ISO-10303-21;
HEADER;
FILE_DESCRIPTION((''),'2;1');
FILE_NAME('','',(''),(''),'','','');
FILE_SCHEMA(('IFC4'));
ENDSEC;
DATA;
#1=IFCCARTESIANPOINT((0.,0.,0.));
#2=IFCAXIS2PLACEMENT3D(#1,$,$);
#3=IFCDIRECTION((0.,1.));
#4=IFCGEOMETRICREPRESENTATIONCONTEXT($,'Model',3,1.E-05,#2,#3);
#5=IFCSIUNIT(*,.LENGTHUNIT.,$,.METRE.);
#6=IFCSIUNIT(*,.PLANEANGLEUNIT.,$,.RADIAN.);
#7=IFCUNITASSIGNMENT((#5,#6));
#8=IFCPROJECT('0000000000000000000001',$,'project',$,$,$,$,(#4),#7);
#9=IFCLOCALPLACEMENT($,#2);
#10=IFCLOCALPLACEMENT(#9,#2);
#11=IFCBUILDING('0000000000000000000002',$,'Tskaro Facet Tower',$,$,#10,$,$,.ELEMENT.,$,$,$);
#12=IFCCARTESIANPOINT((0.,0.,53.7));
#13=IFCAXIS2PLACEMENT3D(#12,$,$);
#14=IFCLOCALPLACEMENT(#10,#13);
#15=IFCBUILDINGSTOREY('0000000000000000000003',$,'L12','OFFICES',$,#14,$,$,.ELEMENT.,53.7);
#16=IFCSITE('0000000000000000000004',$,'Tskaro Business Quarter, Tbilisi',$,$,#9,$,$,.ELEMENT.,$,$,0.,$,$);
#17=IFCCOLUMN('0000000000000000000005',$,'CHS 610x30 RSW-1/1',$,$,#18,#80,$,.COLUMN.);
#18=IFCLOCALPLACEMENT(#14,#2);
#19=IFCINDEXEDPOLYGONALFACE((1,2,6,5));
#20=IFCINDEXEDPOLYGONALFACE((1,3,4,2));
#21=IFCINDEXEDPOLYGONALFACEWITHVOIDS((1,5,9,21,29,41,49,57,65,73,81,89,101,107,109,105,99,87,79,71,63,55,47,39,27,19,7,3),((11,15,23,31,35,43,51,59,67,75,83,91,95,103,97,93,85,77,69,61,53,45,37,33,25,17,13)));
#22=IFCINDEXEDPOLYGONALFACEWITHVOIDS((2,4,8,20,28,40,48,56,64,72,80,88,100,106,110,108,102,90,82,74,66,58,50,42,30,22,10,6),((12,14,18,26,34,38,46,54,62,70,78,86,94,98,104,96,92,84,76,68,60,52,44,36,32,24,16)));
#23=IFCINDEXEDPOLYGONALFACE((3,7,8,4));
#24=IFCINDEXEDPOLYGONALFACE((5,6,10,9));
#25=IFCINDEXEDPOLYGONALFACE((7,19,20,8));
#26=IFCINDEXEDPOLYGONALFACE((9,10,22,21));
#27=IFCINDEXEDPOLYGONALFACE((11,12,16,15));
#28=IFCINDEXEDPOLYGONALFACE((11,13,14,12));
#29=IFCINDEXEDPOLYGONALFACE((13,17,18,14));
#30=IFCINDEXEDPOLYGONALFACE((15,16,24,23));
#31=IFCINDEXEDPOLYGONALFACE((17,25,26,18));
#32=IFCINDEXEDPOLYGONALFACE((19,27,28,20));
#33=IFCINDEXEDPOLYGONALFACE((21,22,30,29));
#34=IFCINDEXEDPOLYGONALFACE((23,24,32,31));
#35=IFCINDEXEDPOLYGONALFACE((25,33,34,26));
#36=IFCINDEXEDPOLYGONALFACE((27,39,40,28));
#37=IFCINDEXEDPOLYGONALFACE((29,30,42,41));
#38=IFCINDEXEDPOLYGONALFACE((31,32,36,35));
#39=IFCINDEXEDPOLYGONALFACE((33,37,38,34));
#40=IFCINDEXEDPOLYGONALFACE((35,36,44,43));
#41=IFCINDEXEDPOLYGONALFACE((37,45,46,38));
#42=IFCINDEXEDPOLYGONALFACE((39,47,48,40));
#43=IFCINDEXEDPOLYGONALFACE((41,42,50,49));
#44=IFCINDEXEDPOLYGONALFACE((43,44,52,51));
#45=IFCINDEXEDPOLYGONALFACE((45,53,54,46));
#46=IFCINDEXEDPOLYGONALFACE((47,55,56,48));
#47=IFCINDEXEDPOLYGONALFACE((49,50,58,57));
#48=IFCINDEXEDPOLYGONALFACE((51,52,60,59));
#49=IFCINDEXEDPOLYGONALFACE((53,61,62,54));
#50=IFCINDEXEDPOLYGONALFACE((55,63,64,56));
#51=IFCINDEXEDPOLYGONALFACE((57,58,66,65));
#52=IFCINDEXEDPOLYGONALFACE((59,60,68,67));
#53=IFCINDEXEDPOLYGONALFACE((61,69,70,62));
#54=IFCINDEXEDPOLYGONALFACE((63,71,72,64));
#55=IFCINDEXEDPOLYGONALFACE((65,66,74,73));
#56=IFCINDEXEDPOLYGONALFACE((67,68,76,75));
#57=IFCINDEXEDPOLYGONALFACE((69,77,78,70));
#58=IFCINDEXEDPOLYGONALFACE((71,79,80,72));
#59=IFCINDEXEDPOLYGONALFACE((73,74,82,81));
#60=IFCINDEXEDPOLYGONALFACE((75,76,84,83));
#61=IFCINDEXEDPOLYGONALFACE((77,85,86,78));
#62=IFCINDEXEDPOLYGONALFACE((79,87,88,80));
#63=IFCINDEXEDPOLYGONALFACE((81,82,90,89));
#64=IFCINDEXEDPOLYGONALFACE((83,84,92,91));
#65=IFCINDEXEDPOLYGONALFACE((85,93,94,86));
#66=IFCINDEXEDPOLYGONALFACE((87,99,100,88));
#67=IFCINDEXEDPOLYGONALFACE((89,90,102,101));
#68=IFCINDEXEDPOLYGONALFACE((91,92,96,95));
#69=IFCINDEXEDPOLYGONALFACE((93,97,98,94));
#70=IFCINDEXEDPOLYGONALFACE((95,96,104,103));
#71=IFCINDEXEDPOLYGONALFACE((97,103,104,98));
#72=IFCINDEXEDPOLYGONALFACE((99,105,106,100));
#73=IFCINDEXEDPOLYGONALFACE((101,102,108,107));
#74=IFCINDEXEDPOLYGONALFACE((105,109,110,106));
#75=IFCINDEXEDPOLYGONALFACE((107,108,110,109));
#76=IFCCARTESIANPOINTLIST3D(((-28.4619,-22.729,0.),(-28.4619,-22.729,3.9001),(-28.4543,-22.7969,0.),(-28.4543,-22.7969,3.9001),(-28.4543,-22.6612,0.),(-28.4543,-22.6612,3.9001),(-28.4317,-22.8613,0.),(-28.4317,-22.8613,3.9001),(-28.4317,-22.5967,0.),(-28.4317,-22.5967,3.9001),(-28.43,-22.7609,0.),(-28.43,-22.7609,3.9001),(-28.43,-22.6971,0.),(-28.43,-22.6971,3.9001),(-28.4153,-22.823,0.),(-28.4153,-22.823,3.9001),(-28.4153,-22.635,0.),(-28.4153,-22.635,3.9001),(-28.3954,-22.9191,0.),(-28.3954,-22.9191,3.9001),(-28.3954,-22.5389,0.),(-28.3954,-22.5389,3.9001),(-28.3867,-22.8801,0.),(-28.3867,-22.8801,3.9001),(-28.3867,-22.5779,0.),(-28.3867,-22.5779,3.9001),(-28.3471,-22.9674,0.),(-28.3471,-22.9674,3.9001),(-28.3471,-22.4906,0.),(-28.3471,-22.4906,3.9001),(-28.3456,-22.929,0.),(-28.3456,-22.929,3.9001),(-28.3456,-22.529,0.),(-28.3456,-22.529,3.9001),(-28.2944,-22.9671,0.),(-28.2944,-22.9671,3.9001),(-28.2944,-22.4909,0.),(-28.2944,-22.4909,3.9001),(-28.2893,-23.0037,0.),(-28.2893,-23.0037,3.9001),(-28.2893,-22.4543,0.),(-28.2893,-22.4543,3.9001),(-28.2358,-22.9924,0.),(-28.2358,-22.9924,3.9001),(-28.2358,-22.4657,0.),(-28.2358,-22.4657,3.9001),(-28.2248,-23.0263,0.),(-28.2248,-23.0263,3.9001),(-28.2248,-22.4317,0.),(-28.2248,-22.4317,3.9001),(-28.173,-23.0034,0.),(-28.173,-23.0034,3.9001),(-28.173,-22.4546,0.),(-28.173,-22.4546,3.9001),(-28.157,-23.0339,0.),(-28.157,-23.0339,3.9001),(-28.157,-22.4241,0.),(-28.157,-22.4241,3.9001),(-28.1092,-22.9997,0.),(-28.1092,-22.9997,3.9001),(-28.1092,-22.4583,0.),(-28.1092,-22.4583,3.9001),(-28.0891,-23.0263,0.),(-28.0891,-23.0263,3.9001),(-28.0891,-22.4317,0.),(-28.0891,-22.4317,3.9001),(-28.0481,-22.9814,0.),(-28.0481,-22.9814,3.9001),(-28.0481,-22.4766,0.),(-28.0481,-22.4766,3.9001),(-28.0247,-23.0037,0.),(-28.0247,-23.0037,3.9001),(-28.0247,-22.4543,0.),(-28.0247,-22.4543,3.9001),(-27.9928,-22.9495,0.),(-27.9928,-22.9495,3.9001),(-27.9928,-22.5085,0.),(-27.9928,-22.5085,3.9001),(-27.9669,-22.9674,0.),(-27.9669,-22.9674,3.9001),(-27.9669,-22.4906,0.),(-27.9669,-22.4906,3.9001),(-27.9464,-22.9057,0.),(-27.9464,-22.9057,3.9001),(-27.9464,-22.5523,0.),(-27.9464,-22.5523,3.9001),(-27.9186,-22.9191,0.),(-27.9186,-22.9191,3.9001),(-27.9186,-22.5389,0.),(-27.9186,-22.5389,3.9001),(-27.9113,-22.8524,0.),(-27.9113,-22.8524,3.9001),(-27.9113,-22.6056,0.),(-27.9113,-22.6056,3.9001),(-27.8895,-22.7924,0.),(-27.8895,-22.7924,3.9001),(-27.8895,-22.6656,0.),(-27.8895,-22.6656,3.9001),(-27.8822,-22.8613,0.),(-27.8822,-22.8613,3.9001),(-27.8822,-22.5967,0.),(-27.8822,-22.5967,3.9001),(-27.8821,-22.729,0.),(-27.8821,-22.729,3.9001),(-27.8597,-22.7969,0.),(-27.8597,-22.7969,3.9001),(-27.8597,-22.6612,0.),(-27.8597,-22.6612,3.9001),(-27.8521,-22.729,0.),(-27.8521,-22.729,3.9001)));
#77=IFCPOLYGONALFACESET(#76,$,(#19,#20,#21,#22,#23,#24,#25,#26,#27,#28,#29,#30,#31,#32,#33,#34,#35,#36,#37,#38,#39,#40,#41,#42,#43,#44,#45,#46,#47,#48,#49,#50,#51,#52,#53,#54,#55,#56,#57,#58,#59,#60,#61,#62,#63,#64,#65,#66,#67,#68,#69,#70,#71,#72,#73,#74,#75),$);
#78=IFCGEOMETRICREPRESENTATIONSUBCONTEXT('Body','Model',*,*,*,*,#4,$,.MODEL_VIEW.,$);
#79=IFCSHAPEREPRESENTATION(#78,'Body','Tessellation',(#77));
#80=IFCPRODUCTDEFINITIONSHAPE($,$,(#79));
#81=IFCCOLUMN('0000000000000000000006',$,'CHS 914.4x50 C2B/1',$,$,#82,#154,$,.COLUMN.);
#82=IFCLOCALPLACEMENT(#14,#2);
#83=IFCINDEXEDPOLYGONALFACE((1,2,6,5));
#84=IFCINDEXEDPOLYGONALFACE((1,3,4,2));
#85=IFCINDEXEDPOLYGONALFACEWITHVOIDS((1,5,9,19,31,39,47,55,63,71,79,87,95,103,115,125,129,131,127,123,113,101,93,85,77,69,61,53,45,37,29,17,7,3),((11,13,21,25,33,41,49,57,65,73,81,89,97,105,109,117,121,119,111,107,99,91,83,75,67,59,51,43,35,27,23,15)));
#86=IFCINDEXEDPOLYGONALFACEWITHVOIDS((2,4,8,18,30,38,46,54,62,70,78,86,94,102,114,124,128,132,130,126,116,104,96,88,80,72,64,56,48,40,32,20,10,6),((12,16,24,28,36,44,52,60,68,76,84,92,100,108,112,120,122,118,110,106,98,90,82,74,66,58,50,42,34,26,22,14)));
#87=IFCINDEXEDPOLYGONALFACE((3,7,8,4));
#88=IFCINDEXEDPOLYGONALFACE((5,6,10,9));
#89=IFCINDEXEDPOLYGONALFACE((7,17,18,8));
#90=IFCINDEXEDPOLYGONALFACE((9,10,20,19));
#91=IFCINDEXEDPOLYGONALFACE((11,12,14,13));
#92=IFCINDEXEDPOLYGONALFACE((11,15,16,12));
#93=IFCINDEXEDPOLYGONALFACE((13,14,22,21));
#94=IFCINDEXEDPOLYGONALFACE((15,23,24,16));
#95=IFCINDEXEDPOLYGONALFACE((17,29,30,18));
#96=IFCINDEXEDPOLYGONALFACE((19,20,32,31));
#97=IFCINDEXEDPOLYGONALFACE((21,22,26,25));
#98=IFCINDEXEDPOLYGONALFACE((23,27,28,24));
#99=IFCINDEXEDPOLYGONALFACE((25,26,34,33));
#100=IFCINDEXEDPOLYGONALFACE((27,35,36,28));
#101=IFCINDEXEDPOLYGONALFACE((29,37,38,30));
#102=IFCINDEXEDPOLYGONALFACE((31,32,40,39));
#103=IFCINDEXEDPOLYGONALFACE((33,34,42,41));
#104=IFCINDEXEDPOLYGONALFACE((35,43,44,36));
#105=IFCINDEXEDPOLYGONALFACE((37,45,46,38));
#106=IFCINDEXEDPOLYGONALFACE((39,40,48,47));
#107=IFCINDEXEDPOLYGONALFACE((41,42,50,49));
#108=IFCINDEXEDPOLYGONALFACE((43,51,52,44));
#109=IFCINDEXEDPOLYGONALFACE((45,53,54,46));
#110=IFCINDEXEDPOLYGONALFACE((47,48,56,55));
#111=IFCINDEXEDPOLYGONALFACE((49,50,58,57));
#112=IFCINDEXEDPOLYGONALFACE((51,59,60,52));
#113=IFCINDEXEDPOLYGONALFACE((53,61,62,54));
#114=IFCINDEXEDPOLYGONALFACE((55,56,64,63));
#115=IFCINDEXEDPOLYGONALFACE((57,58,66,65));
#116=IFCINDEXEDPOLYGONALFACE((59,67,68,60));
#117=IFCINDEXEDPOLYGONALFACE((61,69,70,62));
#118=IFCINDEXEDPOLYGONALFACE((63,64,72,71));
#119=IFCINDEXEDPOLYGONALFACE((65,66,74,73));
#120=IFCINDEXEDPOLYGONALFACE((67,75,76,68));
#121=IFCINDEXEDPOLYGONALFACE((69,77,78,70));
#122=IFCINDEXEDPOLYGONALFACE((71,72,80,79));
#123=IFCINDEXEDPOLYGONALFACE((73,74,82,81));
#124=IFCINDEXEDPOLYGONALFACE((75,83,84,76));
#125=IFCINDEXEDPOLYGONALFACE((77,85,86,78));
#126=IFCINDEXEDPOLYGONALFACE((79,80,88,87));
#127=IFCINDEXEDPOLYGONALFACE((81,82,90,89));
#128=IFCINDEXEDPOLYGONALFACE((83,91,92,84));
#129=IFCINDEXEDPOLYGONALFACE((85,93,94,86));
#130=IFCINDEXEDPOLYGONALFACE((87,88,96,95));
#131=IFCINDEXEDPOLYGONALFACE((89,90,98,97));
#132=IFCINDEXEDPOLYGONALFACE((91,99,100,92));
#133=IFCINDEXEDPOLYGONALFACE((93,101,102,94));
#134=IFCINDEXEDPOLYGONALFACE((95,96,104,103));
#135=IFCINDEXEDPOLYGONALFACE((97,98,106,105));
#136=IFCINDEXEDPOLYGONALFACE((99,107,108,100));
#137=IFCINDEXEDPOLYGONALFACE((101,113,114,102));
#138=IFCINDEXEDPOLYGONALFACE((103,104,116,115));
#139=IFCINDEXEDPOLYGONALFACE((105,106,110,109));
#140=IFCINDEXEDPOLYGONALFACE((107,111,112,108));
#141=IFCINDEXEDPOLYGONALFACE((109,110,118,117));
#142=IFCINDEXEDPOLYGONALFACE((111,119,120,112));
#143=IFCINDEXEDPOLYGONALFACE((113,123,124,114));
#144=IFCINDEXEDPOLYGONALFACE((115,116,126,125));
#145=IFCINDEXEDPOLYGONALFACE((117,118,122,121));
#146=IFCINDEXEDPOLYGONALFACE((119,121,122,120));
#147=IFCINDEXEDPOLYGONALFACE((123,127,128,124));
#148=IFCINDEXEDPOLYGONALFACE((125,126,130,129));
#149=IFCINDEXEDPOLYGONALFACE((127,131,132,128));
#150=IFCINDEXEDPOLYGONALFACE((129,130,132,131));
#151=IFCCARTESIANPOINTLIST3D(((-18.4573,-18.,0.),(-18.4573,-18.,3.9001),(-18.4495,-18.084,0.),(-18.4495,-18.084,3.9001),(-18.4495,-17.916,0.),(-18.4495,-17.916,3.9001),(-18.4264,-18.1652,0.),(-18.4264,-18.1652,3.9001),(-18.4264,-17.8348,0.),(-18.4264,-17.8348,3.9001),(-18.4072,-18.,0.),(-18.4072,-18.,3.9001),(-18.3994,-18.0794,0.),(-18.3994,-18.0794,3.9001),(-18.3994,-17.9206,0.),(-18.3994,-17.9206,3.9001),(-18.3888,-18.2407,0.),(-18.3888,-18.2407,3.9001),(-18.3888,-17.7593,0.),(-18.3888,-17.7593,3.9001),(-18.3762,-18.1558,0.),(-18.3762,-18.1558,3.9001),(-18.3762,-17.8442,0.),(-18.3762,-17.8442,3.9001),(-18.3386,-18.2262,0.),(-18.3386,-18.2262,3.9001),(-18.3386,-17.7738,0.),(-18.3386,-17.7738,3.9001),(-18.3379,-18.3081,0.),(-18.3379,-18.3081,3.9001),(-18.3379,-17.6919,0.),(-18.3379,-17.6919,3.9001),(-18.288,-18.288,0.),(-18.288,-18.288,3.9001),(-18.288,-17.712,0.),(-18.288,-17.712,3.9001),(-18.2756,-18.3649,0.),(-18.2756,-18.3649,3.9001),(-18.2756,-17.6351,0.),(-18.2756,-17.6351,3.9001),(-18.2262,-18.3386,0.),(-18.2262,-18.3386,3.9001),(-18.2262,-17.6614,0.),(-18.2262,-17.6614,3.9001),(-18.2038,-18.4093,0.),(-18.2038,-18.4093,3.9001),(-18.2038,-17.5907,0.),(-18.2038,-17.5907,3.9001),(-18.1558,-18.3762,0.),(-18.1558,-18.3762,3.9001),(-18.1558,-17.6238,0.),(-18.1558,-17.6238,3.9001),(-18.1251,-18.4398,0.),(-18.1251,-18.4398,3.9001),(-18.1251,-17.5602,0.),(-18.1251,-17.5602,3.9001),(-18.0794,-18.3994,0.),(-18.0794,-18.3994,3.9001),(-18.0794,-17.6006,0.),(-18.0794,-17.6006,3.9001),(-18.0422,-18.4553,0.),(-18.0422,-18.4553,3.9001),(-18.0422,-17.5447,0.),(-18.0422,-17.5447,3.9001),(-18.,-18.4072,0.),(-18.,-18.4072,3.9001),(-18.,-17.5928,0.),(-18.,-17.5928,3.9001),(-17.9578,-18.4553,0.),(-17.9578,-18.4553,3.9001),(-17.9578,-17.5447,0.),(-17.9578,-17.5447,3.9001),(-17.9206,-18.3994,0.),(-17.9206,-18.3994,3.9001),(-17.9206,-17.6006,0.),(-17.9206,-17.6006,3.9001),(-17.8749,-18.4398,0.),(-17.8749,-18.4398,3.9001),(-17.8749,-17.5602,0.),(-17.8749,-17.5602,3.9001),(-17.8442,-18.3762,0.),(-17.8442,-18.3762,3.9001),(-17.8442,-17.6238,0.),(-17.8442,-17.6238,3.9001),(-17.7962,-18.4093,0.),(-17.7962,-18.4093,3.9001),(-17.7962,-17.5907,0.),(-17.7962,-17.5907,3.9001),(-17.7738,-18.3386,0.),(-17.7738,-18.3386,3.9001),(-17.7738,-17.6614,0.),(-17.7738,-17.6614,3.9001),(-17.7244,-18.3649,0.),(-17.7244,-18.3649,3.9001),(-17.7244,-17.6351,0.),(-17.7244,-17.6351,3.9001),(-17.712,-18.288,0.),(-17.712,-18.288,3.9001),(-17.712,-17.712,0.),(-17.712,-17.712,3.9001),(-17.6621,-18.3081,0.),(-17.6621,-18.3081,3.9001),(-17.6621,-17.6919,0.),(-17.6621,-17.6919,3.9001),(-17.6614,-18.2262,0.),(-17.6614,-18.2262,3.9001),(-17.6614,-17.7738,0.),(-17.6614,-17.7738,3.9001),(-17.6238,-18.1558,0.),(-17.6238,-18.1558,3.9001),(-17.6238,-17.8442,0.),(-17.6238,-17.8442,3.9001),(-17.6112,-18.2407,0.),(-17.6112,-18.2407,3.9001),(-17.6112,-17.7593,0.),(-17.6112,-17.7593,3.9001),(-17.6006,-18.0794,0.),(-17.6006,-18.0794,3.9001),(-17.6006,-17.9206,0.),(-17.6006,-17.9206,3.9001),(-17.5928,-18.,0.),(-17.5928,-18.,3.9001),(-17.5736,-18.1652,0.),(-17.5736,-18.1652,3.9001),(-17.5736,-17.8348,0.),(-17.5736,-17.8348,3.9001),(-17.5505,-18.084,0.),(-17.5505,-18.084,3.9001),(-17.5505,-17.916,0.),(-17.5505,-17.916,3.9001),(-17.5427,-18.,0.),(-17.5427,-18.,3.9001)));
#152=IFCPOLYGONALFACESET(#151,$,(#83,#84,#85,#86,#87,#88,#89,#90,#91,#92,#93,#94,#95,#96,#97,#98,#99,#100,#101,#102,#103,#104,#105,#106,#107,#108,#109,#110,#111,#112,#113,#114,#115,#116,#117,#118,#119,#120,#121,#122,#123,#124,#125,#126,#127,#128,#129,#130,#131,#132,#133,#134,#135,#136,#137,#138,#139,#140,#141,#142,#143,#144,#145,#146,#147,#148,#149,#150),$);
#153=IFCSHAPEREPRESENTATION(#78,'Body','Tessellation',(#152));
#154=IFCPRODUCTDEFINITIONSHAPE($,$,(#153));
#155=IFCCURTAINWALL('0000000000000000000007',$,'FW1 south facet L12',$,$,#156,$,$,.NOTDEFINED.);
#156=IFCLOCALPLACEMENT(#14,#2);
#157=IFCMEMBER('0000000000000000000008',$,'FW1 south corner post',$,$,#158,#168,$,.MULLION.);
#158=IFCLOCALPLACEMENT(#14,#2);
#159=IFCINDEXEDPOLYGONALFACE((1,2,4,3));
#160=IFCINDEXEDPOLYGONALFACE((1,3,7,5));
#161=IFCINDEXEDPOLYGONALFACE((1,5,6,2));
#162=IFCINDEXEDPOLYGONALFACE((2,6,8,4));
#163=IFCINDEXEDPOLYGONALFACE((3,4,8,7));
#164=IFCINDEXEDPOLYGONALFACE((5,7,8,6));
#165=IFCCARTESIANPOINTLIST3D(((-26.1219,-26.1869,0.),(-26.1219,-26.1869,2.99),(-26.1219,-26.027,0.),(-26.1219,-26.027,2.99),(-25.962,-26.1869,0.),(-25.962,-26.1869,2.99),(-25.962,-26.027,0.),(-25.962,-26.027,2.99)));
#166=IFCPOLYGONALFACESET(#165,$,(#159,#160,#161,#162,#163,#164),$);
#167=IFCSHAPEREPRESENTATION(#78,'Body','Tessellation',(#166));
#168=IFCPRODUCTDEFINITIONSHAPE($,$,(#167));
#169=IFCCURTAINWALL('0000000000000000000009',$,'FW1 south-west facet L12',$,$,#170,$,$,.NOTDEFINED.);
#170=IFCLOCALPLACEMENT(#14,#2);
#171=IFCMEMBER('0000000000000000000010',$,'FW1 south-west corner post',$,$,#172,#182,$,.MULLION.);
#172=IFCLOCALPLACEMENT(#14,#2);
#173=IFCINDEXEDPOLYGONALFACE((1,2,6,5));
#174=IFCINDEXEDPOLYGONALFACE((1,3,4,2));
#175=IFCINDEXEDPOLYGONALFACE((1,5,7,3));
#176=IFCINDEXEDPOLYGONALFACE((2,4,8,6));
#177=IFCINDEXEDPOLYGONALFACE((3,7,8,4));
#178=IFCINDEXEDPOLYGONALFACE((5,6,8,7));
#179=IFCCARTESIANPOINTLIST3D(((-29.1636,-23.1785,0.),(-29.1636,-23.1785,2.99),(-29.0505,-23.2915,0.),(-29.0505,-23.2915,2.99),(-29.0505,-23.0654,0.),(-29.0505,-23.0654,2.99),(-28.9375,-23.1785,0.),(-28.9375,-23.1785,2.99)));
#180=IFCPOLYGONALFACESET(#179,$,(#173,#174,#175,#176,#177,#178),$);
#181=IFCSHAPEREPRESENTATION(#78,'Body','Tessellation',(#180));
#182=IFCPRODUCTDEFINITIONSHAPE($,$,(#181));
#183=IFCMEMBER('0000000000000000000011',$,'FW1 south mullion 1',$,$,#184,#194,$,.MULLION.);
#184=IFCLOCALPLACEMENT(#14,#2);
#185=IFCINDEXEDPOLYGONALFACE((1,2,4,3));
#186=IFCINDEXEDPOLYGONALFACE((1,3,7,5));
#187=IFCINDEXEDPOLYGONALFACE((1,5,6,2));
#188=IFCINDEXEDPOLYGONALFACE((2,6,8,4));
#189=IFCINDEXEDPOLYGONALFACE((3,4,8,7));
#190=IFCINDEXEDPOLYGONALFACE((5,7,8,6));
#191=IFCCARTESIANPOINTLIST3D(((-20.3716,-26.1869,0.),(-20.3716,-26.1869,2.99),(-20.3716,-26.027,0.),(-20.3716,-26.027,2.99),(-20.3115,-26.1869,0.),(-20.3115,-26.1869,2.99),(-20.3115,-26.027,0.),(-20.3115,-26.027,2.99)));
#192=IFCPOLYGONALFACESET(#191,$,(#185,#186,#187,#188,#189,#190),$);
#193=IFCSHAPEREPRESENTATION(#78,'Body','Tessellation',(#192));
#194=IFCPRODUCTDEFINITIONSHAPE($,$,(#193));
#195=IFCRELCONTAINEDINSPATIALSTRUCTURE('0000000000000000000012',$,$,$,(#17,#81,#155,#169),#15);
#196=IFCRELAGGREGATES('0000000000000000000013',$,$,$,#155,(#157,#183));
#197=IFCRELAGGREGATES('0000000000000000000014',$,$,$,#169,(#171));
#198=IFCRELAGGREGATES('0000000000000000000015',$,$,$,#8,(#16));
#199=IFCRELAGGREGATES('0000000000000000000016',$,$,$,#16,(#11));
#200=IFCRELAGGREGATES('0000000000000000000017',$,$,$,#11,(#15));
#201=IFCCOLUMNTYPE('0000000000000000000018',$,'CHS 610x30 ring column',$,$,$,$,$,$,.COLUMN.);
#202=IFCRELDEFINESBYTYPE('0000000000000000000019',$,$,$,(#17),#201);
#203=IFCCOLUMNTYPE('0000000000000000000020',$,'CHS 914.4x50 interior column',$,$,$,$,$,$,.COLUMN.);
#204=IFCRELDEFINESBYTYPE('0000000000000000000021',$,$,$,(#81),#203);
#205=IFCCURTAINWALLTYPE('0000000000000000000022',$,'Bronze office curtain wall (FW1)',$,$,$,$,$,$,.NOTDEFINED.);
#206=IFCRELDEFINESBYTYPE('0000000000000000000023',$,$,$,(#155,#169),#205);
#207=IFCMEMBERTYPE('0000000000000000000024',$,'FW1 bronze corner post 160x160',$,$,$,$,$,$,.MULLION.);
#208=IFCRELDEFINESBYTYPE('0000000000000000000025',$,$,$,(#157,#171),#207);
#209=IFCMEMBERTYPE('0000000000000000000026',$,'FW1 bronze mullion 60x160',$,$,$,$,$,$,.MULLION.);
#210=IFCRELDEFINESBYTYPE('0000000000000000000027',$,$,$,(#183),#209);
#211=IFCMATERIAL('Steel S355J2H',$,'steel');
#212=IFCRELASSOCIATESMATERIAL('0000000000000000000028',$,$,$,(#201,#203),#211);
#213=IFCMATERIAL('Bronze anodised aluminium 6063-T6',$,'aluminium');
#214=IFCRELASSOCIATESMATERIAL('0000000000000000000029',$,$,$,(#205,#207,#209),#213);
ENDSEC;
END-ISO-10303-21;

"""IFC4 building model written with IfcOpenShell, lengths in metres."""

from ifc_helpers import new_model, si_unit, direction, frame, origin, origin_2d, place, context, subcontext, project, spatial, rectangle, hollow_circle, extrude, material, material_profile, profile_set, type_object, element, aggregate, save


model = new_model("IFC4")

# Units and contexts
model_context = context("Model", 3, precision=1e-05, world=origin(), true_north=direction((0.0, 1.0)))
body_context = subcontext(model_context, "Body", "Model", "MODEL_VIEW")
ifc_project = project(units=[si_unit("LENGTHUNIT", "METRE"), si_unit("PLANEANGLEUNIT", "RADIAN")], contexts=[model_context])

# Site, building, storey
site_placement = place(None, origin())
site = spatial("IfcSite", under=ifc_project, at=site_placement, Name="Tskaro Business Quarter, Tbilisi", CompositionType="ELEMENT", RefElevation=0.0)
building_placement = place(site_placement, origin())
building = spatial("IfcBuilding", under=site, at=building_placement, Name="Tskaro Facet Tower", CompositionType="ELEMENT")
storey_placement = place(building_placement, frame((0.0, 0.0, 53.7)))
storey = spatial("IfcBuildingStorey", under=building, at=storey_placement, Name="L12", Description="OFFICES", CompositionType="ELEMENT", Elevation=53.7)

# Columns
ifc_material_1 = material(Name="Steel S355J2H", Category="steel")
ifc_material_profile_1 = material_profile(ifc_material_1, hollow_circle(Radius=0.3049, WallThickness=0.03, at=origin_2d()), Name="CHS 610x30")
ifc_profile_set_1 = profile_set([ifc_material_profile_1], Name="Steel S355J2H")
column_type_1 = type_object("IfcColumnType", Name="CHS 610x30 ring column", PredefinedType="COLUMN", material=ifc_profile_set_1)
for number, where, z_axis, x_axis, name in (
    (1, (-28.157, -22.729, 0.0), (0.0, 0.0, 1.0), (1.0, 0.0, 0.0), "CHS 610x30 RSW-1/1"),
):
    element("IfcColumn", number, at=place(storey_placement, frame(where, z_axis=z_axis, x_axis=x_axis)), inside=storey, type_object=column_type_1, Name=name, PredefinedType="COLUMN", context=body_context, shape_type="SweptSolid", body=[
        extrude(hollow_circle(Radius=0.3049, WallThickness=0.03, at=origin_2d()), origin(), (0.0, 0.0, 1.0), 3.9001),
    ])
ifc_material_profile_2 = material_profile(ifc_material_1, hollow_circle(Radius=0.4573, WallThickness=0.05, at=origin_2d()), Name="CHS 914.4x50")
ifc_profile_set_2 = profile_set([ifc_material_profile_2], Name="Steel S355J2H")
column_type_2 = type_object("IfcColumnType", Name="CHS 914.4x50 interior column", PredefinedType="COLUMN", material=ifc_profile_set_2)
column_placement = place(storey_placement, frame((-18.0, -18.0, 0.0), z_axis=(0.0, 0.0, 1.0), x_axis=(1.0, 0.0, 0.0)))
element("IfcColumn", 2, at=column_placement, inside=storey, type_object=column_type_2, Name="CHS 914.4x50 C2B/1", PredefinedType="COLUMN", context=body_context, shape_type="SweptSolid", body=[
    extrude(hollow_circle(Radius=0.4573, WallThickness=0.05, at=origin_2d()), origin(), (0.0, 0.0, 1.0), 3.9001),
])

# Curtain walls, members
ifc_material_2 = material(Name="Bronze anodised aluminium 6063-T6", Category="aluminium")
curtain_wall_type = type_object("IfcCurtainWallType", Name="Bronze office curtain wall (FW1)", PredefinedType="NOTDEFINED", material=ifc_material_2)
curtain_wall_1_placement = place(storey_placement, origin())
curtain_wall_1 = element("IfcCurtainWall", 3, at=curtain_wall_1_placement, inside=storey, type_object=curtain_wall_type, Name="FW1 south facet L12", PredefinedType="NOTDEFINED")
ifc_material_profile_3 = material_profile(ifc_material_2, rectangle(XDim=0.1599, YDim=0.1599, at=origin_2d()), Name="Corner post 160x160")
ifc_profile_set_3 = profile_set([ifc_material_profile_3], Name="Bronze anodised aluminium 6063-T6")
member_type_1 = type_object("IfcMemberType", Name="FW1 bronze corner post 160x160", PredefinedType="MULLION", material=ifc_profile_set_3)
member_1_placement = place(storey_placement, frame((-26.042, -26.1069, 0.0), z_axis=(0.0, 0.0, 1.0), x_axis=(1.0, 0.0, 0.0)))
member_1 = element("IfcMember", 4, at=member_1_placement, type_object=member_type_1, Name="FW1 south corner post", PredefinedType="MULLION", context=body_context, shape_type="SweptSolid", body=[
    extrude(rectangle(XDim=0.1599, YDim=0.1599, at=origin_2d()), origin(), (0.0, 0.0, 1.0), 2.99),
])
curtain_wall_2_placement = place(storey_placement, origin())
curtain_wall_2 = element("IfcCurtainWall", 5, at=curtain_wall_2_placement, inside=storey, type_object=curtain_wall_type, Name="FW1 south-west facet L12", PredefinedType="NOTDEFINED")
member_2_placement = place(storey_placement, frame((-29.0505, -23.1785, 0.0), z_axis=(0.0, 0.0, 1.0), x_axis=(0.707107, -0.707107, 0.0)))
member_2 = element("IfcMember", 6, at=member_2_placement, type_object=member_type_1, Name="FW1 south-west corner post", PredefinedType="MULLION", context=body_context, shape_type="SweptSolid", body=[
    extrude(rectangle(XDim=0.1599, YDim=0.1599, at=origin_2d()), origin(), (0.0, 0.0, 1.0), 2.99),
])

# Member
ifc_material_profile_4 = material_profile(ifc_material_2, rectangle(XDim=0.0601, YDim=0.1599, at=origin_2d()), Name="Mullion 60x160")
ifc_profile_set_4 = profile_set([ifc_material_profile_4], Name="Bronze anodised aluminium 6063-T6")
member_type_2 = type_object("IfcMemberType", Name="FW1 bronze mullion 60x160", PredefinedType="MULLION", material=ifc_profile_set_4)
member_3_placement = place(storey_placement, frame((-20.3416, -26.1069, 0.0), z_axis=(0.0, 0.0, 1.0), x_axis=(1.0, 0.0, 0.0)))
member_3 = element("IfcMember", 7, at=member_3_placement, type_object=member_type_2, Name="FW1 south mullion 1", PredefinedType="MULLION", context=body_context, shape_type="SweptSolid", body=[
    extrude(rectangle(XDim=0.0601, YDim=0.1599, at=origin_2d()), origin(), (0.0, 0.0, 1.0), 2.99),
])

aggregate(curtain_wall_1, [member_1, member_3])

aggregate(curtain_wall_2, [member_2])

save(model, "model.ifc")
